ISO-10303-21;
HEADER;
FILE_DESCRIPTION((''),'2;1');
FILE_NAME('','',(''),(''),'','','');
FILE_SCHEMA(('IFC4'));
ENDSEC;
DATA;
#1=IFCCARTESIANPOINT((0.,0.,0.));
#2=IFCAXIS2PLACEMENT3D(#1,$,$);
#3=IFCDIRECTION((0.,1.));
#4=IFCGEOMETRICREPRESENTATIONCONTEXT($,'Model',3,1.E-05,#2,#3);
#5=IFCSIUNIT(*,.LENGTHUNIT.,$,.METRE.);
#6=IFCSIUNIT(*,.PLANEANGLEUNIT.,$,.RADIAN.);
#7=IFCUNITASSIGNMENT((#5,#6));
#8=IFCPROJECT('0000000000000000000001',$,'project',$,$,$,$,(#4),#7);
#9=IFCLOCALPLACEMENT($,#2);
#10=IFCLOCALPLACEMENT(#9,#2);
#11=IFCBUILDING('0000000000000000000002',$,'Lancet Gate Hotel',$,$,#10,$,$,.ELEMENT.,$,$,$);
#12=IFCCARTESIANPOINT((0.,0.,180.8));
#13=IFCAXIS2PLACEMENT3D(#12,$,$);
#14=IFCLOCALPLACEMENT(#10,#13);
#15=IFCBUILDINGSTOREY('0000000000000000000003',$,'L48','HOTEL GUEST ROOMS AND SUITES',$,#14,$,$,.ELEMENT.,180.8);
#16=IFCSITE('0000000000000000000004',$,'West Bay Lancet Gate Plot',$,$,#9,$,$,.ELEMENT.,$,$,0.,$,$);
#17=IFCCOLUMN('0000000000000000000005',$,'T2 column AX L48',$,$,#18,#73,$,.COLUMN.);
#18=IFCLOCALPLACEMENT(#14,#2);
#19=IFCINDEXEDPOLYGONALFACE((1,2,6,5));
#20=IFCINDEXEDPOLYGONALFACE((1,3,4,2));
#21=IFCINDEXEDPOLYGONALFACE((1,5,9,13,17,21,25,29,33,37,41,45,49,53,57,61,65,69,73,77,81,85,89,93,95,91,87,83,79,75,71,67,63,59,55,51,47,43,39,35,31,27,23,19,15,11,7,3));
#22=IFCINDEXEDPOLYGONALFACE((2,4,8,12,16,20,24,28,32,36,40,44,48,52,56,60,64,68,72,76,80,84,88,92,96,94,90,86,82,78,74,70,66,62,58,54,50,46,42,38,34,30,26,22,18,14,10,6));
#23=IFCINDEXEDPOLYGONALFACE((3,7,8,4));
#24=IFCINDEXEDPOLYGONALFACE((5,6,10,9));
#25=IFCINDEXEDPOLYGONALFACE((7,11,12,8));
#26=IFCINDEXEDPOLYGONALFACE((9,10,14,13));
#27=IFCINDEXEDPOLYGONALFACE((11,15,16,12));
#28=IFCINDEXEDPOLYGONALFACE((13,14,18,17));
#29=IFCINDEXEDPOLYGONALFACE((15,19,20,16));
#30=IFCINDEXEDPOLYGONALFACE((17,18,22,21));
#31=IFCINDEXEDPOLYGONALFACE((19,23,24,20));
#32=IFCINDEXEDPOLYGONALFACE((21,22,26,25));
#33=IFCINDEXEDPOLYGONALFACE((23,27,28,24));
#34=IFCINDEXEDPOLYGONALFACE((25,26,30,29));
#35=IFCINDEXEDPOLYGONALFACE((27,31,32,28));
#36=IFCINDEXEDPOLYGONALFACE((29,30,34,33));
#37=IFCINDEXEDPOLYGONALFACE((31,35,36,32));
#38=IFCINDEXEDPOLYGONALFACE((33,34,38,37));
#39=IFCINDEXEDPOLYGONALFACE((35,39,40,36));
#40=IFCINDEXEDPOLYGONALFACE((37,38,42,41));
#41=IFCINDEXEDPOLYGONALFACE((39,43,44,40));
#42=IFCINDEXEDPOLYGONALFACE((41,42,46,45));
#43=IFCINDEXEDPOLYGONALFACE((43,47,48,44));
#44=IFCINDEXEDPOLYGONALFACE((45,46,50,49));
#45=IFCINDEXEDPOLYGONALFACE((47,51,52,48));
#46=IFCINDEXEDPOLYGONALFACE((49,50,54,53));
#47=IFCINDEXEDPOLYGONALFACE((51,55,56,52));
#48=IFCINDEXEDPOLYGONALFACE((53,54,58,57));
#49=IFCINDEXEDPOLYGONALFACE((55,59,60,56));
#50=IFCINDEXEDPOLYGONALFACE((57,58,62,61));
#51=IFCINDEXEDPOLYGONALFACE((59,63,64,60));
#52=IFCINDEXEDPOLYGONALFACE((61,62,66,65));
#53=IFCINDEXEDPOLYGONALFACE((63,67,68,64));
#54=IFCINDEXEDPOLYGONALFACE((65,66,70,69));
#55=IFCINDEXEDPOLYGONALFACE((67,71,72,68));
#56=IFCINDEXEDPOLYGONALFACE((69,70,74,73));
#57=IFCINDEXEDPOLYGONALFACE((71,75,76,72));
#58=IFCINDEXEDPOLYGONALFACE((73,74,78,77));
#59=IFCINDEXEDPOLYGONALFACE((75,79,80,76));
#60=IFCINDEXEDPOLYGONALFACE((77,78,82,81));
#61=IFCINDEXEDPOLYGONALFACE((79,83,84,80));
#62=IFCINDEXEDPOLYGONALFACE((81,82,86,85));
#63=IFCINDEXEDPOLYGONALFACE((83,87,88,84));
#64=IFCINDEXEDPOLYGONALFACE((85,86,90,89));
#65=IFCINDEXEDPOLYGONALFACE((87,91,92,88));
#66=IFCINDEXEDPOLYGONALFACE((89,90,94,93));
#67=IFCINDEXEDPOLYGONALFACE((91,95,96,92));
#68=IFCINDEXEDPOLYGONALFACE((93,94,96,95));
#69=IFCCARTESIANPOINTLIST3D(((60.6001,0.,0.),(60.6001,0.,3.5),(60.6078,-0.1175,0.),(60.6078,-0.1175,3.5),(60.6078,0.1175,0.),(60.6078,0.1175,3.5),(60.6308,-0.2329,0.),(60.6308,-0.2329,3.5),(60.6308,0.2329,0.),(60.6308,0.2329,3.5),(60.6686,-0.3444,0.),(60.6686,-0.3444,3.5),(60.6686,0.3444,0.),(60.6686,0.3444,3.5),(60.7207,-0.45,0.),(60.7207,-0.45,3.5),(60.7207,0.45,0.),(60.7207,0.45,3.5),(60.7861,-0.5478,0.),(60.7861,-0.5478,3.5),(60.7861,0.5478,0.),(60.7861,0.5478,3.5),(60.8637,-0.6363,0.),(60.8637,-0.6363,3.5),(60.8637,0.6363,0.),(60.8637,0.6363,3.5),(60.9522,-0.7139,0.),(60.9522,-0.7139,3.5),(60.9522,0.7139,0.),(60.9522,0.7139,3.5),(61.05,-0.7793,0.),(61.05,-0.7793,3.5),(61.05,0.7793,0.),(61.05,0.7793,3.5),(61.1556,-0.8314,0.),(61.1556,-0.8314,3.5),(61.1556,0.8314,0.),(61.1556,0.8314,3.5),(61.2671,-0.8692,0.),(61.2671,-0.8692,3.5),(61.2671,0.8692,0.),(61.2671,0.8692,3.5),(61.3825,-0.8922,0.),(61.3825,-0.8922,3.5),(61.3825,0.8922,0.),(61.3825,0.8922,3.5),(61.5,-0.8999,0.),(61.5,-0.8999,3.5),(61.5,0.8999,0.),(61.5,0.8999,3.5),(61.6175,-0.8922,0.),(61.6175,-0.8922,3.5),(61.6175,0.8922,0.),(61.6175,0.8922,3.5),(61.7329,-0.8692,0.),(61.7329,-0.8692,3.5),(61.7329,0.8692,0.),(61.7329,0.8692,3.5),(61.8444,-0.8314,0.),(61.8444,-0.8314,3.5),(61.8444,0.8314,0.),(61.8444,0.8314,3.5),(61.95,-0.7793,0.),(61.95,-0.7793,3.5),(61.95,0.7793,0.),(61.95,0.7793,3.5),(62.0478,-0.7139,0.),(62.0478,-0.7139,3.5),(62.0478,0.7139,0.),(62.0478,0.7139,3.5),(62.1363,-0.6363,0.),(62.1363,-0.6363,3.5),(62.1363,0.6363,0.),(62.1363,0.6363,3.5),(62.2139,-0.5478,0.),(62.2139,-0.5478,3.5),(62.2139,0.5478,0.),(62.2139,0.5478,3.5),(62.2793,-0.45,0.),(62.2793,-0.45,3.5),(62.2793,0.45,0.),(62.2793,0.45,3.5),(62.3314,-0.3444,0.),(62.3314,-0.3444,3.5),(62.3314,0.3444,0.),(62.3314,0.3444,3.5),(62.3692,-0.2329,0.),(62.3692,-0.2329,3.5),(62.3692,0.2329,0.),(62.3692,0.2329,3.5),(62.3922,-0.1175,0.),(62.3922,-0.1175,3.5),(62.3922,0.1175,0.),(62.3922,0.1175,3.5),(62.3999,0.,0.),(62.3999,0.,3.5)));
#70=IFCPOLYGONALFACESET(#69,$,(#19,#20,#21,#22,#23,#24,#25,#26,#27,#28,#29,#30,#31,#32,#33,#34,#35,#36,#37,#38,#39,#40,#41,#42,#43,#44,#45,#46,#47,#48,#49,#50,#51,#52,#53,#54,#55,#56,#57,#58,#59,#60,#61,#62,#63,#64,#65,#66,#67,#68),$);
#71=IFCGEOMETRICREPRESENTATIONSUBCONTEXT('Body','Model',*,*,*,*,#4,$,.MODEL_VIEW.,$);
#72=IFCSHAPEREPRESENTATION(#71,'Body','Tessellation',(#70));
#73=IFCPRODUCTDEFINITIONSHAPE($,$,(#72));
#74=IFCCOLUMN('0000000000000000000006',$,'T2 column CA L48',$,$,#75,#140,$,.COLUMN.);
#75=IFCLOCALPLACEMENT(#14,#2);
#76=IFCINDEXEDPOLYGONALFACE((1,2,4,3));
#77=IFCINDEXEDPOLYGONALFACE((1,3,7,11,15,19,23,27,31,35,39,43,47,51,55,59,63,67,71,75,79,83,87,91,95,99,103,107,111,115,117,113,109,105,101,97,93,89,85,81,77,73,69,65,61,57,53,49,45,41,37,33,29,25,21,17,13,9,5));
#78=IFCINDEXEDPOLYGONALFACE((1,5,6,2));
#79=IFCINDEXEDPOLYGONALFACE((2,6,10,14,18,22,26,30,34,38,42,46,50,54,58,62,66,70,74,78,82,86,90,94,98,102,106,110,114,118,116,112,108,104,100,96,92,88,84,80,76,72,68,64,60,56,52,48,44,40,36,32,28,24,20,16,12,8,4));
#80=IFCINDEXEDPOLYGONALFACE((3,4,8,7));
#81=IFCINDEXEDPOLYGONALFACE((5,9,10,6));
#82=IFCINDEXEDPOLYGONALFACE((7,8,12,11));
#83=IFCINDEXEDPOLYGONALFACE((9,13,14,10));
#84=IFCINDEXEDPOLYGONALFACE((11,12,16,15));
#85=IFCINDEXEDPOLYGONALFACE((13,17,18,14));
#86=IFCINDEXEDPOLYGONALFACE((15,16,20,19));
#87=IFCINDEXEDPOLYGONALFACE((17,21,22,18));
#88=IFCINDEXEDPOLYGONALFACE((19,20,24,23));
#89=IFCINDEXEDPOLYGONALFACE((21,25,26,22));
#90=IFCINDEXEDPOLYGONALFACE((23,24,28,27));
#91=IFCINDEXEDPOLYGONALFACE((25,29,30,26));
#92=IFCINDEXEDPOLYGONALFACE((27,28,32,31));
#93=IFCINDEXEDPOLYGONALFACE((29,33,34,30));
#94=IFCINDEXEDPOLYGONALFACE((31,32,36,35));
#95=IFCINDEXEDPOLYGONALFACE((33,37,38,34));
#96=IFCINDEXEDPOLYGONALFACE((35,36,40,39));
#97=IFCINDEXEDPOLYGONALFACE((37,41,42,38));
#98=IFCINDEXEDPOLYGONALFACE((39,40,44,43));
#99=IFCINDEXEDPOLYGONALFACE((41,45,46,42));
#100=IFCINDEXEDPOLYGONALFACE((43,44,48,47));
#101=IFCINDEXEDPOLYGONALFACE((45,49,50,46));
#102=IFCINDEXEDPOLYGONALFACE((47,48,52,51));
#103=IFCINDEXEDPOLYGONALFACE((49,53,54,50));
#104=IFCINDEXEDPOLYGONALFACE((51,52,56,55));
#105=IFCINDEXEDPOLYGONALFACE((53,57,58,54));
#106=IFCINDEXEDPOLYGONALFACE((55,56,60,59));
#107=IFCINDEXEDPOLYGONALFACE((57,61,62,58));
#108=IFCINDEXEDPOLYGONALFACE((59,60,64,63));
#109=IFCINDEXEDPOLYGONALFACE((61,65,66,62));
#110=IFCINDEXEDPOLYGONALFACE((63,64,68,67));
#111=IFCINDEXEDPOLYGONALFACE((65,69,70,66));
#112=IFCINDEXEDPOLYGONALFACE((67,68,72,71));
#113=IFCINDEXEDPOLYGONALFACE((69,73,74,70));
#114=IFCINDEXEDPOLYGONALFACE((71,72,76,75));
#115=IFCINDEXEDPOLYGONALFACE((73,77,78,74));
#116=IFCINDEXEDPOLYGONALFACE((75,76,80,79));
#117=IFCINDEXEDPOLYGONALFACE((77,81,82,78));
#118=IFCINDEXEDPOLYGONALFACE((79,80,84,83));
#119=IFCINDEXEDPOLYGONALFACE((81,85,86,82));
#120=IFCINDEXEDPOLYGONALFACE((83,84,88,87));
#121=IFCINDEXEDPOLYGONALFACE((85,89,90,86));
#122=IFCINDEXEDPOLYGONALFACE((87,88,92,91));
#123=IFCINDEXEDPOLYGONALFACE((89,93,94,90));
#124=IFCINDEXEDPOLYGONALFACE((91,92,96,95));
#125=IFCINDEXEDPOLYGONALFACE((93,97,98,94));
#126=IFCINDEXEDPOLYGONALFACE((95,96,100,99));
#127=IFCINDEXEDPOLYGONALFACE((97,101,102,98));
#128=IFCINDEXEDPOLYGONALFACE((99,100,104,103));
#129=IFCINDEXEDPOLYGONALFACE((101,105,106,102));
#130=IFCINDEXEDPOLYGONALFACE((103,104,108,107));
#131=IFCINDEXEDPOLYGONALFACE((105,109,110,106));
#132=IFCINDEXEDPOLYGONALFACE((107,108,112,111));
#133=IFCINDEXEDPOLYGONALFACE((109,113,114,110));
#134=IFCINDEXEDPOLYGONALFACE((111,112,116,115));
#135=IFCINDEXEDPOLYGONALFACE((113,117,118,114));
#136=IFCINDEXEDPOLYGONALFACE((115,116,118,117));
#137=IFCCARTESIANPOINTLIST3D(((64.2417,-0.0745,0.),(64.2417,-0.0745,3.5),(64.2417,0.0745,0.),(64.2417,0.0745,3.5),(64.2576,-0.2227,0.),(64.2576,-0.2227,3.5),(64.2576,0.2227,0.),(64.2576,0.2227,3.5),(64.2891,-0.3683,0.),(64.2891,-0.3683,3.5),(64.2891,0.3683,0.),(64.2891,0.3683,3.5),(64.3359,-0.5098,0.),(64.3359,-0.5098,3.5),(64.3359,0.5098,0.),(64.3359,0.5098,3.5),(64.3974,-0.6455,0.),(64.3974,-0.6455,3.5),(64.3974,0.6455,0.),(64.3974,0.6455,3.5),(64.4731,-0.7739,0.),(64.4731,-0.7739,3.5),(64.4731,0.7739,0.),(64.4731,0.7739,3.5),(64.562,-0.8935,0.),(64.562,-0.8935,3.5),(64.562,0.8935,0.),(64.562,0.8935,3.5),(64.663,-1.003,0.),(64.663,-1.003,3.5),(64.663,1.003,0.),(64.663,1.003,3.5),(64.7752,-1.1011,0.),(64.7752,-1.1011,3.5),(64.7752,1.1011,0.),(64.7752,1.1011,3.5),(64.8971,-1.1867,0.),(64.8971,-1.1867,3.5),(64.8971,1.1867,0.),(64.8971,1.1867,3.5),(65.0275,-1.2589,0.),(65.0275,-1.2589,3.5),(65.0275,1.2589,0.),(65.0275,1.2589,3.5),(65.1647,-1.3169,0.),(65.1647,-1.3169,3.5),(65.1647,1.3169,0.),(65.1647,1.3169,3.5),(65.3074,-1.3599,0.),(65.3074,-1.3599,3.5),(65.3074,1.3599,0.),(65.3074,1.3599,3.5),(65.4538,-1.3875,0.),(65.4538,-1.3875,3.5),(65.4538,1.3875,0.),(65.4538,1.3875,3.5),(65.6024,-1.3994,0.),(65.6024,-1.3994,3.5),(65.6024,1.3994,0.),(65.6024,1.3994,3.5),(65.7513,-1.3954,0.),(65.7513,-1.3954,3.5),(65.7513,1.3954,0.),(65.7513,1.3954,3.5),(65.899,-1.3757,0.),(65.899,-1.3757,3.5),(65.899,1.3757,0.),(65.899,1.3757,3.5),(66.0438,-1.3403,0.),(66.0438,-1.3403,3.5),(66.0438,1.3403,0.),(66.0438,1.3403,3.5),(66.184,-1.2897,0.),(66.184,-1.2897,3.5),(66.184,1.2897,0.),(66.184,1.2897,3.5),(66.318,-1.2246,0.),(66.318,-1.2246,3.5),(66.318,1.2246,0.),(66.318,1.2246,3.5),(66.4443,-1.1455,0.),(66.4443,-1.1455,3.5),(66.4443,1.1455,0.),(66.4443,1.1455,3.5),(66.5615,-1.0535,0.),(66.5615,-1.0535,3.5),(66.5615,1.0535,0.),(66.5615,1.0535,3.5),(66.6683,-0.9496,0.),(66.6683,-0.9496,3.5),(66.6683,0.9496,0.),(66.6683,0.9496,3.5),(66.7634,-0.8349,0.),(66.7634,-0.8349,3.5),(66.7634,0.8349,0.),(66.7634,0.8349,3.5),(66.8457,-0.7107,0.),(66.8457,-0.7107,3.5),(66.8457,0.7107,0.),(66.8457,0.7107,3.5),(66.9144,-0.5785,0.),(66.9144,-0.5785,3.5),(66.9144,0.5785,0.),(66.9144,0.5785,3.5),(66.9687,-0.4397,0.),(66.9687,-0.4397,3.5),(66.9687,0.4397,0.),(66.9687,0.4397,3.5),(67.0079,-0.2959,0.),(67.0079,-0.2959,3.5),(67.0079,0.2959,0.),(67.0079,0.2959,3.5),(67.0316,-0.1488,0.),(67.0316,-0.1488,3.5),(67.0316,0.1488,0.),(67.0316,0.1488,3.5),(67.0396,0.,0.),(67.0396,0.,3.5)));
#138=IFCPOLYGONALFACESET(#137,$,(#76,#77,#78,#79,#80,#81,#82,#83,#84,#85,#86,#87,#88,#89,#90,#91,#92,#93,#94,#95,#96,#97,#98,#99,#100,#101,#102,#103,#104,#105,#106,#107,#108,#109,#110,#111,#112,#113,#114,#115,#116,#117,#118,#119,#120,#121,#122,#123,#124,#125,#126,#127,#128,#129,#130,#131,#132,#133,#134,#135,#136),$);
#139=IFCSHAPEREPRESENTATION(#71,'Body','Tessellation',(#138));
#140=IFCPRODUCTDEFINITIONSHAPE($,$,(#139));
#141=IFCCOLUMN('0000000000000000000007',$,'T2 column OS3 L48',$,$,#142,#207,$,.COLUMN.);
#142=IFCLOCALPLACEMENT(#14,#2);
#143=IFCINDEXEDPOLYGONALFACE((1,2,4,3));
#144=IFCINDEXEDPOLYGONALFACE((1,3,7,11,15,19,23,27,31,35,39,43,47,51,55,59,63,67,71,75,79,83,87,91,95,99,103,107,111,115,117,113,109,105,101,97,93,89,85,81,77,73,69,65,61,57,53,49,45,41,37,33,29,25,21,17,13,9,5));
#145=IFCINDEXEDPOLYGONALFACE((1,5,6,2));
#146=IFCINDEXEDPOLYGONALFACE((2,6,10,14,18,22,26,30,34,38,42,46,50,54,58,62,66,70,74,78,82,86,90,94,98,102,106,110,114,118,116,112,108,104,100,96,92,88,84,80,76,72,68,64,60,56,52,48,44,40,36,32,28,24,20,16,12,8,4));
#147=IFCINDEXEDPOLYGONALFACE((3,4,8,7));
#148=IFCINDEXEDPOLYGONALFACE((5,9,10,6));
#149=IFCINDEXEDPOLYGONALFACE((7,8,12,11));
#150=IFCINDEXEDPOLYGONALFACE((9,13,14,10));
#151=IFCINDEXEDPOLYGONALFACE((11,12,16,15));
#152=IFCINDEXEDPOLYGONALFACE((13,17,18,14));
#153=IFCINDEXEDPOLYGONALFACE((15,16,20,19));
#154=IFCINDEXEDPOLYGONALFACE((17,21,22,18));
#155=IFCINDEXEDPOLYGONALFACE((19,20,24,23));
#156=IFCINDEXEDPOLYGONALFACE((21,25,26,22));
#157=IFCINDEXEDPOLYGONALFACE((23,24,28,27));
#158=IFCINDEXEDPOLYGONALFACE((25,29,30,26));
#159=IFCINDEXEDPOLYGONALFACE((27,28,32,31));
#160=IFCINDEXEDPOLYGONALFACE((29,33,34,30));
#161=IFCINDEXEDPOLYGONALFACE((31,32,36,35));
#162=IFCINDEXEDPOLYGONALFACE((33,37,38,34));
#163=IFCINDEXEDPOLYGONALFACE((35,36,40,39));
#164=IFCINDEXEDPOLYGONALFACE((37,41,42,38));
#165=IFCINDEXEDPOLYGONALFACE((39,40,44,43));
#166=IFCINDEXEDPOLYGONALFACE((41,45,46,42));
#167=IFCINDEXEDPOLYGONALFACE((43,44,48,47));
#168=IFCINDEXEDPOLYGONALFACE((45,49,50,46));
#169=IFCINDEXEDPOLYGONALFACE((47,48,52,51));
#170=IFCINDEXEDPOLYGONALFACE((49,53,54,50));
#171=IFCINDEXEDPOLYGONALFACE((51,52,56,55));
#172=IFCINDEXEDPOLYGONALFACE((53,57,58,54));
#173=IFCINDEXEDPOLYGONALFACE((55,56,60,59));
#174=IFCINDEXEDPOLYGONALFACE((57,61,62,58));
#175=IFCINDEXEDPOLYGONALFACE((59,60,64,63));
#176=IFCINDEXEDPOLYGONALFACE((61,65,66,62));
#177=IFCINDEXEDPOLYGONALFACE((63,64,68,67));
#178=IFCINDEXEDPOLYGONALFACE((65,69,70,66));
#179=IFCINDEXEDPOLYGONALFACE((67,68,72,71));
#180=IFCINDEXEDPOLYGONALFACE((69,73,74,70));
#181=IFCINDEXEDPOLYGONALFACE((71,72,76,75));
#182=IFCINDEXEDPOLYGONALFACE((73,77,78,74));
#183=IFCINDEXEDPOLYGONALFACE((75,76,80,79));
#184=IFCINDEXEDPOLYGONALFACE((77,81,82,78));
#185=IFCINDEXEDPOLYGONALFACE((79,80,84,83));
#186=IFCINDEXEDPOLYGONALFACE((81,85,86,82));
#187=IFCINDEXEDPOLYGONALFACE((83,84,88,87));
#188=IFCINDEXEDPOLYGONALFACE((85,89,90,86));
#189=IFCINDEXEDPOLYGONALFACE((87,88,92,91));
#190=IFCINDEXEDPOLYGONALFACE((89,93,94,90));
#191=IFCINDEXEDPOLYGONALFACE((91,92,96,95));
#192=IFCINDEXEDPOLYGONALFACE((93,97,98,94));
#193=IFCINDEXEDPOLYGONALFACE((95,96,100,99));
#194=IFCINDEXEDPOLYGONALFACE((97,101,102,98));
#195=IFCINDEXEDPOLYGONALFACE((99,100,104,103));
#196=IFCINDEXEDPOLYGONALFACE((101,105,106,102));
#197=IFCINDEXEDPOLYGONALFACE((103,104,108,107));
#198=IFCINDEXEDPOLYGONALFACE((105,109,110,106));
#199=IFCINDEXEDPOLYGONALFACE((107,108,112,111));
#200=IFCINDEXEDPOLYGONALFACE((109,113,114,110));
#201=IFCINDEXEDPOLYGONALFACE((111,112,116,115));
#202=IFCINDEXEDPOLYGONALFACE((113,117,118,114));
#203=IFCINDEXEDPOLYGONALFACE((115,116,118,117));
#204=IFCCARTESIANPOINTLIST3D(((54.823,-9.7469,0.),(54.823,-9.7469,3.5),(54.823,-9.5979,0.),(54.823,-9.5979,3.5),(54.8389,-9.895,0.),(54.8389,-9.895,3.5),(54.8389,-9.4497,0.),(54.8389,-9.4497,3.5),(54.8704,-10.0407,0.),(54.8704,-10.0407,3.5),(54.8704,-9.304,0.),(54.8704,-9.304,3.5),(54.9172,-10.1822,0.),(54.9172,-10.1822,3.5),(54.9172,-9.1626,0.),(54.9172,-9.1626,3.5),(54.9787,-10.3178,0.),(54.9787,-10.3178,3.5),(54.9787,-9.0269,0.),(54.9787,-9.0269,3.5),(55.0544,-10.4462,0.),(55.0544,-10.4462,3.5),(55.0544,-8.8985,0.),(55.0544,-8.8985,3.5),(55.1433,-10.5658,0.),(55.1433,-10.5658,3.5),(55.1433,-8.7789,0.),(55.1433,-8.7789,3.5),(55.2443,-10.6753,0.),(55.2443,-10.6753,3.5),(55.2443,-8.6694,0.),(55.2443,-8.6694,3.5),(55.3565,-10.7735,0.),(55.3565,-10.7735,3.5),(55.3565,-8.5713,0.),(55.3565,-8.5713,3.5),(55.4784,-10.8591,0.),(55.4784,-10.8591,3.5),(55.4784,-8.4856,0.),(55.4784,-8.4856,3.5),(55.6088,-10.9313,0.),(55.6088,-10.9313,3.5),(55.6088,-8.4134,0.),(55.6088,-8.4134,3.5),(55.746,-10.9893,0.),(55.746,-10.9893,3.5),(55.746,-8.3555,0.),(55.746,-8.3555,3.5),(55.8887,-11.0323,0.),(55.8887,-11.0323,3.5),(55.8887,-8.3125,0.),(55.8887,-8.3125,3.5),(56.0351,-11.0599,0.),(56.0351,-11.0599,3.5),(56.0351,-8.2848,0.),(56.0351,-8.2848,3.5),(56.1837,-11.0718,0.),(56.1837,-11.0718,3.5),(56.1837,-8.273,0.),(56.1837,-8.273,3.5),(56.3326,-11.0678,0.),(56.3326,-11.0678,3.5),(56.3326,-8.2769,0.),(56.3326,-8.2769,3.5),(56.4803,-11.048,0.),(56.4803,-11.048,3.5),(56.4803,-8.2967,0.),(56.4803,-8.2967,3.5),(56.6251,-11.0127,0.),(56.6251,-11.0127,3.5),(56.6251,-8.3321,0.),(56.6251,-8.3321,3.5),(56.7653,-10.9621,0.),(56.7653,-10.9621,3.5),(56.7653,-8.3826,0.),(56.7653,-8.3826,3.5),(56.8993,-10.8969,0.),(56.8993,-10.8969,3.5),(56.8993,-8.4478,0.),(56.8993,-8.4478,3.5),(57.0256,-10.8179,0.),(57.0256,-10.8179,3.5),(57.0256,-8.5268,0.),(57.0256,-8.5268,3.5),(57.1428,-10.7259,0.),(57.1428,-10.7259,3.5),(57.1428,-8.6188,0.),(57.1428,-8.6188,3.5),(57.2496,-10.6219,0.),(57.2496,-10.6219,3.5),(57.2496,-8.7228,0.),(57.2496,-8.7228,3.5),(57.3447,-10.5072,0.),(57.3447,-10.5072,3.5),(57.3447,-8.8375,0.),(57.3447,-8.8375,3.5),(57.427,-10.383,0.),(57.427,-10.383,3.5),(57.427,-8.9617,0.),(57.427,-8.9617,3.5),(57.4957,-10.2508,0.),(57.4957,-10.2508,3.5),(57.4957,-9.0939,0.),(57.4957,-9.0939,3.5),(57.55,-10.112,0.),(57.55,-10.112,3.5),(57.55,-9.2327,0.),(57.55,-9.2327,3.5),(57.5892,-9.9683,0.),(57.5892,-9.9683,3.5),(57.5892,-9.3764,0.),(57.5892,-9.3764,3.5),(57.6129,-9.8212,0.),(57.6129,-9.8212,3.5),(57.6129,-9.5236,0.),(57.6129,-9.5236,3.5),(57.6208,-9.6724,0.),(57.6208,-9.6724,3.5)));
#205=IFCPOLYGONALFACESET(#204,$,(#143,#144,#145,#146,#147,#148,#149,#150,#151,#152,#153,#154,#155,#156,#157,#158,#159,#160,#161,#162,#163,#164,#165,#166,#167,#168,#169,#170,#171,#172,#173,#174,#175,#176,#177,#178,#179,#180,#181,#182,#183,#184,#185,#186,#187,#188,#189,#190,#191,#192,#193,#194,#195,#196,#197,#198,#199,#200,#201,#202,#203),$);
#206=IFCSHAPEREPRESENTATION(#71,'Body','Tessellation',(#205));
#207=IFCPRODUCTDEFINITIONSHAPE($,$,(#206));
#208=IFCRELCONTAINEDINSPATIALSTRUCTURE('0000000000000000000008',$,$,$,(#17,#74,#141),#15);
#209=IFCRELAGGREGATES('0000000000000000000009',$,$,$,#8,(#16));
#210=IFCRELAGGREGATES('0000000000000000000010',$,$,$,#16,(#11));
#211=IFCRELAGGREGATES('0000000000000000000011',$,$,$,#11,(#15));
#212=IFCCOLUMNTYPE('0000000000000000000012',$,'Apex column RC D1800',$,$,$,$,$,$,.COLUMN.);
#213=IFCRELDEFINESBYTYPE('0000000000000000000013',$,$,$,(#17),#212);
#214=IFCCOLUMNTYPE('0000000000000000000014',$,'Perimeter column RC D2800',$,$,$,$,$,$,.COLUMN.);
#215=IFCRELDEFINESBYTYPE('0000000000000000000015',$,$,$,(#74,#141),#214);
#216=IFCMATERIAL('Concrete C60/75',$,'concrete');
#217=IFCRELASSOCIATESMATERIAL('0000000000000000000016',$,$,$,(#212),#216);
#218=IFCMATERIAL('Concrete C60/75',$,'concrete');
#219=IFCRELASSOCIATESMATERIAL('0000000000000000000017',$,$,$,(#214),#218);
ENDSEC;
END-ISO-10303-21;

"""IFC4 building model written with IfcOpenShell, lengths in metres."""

from ifc_helpers import new_model, si_unit, direction, frame, origin, origin_2d, place, context, subcontext, project, spatial, circle, extrude, material, material_profile, profile_set, type_object, element, save


model = new_model("IFC4")

# Units and contexts
model_context = context("Model", 3, precision=1e-05, world=origin(), true_north=direction((0.0, 1.0)))
body_context = subcontext(model_context, "Body", "Model", "MODEL_VIEW")
ifc_project = project(units=[si_unit("LENGTHUNIT", "METRE"), si_unit("PLANEANGLEUNIT", "RADIAN")], contexts=[model_context])

# Site, building, storey
site_placement = place(None, origin())
site = spatial("IfcSite", under=ifc_project, at=site_placement, Name="West Bay Lancet Gate Plot", CompositionType="ELEMENT", RefElevation=0.0)
building_placement = place(site_placement, origin())
building = spatial("IfcBuilding", under=site, at=building_placement, Name="Lancet Gate Hotel", CompositionType="ELEMENT")
storey_placement = place(building_placement, frame((0.0, 0.0, 180.8)))
storey = spatial("IfcBuildingStorey", under=building, at=storey_placement, Name="L48", Description="HOTEL GUEST ROOMS AND SUITES", CompositionType="ELEMENT", Elevation=180.8)

# Columns
ifc_material_1 = material(Name="Concrete C60/75", Category="concrete")
ifc_material_profile_1 = material_profile(ifc_material_1, circle(Radius=0.8999, at=origin_2d()), Name="RC D1800")
ifc_profile_set_1 = profile_set([ifc_material_profile_1], Name="Concrete C60/75")
column_type_1 = type_object("IfcColumnType", Name="Apex column RC D1800", PredefinedType="COLUMN", material=ifc_profile_set_1)
column_placement = place(storey_placement, frame((61.5, 0.0, 0.0), z_axis=(0.0, 0.0, 1.0), x_axis=(1.0, 0.0, 0.0)))
element("IfcColumn", 1, at=column_placement, inside=storey, type_object=column_type_1, Name="T2 column AX L48", PredefinedType="COLUMN", context=body_context, shape_type="SweptSolid", body=[
    extrude(circle(Radius=0.8999, at=origin_2d()), origin(), (0.0, 0.0, 1.0), 3.5),
])
ifc_material_2 = material(Name="Concrete C60/75", Category="concrete")
ifc_material_profile_2 = material_profile(ifc_material_2, circle(Radius=1.3999, at=origin_2d()), Name="RC D2800")
ifc_profile_set_2 = profile_set([ifc_material_profile_2], Name="Concrete C60/75")
column_type_2 = type_object("IfcColumnType", Name="Perimeter column RC D2800", PredefinedType="COLUMN", material=ifc_profile_set_2)
for number, where, z_axis, x_axis, name in (
    (2, (65.6396, 0.0, 0.0), (0.0, 0.0, 1.0), (1.0, 0.0, 0.0), "T2 column CA L48"),
    (3, (56.2209, -9.6724, 0.0), (0.0, 0.0, 1.0), (1.0, 0.0, 0.0), "T2 column OS3 L48"),
):
    element("IfcColumn", number, at=place(storey_placement, frame(where, z_axis=z_axis, x_axis=x_axis)), inside=storey, type_object=column_type_2, Name=name, PredefinedType="COLUMN", context=body_context, shape_type="SweptSolid", body=[
        extrude(circle(Radius=1.3999, at=origin_2d()), origin(), (0.0, 0.0, 1.0), 3.5),
    ])

save(model, "model.ifc")
